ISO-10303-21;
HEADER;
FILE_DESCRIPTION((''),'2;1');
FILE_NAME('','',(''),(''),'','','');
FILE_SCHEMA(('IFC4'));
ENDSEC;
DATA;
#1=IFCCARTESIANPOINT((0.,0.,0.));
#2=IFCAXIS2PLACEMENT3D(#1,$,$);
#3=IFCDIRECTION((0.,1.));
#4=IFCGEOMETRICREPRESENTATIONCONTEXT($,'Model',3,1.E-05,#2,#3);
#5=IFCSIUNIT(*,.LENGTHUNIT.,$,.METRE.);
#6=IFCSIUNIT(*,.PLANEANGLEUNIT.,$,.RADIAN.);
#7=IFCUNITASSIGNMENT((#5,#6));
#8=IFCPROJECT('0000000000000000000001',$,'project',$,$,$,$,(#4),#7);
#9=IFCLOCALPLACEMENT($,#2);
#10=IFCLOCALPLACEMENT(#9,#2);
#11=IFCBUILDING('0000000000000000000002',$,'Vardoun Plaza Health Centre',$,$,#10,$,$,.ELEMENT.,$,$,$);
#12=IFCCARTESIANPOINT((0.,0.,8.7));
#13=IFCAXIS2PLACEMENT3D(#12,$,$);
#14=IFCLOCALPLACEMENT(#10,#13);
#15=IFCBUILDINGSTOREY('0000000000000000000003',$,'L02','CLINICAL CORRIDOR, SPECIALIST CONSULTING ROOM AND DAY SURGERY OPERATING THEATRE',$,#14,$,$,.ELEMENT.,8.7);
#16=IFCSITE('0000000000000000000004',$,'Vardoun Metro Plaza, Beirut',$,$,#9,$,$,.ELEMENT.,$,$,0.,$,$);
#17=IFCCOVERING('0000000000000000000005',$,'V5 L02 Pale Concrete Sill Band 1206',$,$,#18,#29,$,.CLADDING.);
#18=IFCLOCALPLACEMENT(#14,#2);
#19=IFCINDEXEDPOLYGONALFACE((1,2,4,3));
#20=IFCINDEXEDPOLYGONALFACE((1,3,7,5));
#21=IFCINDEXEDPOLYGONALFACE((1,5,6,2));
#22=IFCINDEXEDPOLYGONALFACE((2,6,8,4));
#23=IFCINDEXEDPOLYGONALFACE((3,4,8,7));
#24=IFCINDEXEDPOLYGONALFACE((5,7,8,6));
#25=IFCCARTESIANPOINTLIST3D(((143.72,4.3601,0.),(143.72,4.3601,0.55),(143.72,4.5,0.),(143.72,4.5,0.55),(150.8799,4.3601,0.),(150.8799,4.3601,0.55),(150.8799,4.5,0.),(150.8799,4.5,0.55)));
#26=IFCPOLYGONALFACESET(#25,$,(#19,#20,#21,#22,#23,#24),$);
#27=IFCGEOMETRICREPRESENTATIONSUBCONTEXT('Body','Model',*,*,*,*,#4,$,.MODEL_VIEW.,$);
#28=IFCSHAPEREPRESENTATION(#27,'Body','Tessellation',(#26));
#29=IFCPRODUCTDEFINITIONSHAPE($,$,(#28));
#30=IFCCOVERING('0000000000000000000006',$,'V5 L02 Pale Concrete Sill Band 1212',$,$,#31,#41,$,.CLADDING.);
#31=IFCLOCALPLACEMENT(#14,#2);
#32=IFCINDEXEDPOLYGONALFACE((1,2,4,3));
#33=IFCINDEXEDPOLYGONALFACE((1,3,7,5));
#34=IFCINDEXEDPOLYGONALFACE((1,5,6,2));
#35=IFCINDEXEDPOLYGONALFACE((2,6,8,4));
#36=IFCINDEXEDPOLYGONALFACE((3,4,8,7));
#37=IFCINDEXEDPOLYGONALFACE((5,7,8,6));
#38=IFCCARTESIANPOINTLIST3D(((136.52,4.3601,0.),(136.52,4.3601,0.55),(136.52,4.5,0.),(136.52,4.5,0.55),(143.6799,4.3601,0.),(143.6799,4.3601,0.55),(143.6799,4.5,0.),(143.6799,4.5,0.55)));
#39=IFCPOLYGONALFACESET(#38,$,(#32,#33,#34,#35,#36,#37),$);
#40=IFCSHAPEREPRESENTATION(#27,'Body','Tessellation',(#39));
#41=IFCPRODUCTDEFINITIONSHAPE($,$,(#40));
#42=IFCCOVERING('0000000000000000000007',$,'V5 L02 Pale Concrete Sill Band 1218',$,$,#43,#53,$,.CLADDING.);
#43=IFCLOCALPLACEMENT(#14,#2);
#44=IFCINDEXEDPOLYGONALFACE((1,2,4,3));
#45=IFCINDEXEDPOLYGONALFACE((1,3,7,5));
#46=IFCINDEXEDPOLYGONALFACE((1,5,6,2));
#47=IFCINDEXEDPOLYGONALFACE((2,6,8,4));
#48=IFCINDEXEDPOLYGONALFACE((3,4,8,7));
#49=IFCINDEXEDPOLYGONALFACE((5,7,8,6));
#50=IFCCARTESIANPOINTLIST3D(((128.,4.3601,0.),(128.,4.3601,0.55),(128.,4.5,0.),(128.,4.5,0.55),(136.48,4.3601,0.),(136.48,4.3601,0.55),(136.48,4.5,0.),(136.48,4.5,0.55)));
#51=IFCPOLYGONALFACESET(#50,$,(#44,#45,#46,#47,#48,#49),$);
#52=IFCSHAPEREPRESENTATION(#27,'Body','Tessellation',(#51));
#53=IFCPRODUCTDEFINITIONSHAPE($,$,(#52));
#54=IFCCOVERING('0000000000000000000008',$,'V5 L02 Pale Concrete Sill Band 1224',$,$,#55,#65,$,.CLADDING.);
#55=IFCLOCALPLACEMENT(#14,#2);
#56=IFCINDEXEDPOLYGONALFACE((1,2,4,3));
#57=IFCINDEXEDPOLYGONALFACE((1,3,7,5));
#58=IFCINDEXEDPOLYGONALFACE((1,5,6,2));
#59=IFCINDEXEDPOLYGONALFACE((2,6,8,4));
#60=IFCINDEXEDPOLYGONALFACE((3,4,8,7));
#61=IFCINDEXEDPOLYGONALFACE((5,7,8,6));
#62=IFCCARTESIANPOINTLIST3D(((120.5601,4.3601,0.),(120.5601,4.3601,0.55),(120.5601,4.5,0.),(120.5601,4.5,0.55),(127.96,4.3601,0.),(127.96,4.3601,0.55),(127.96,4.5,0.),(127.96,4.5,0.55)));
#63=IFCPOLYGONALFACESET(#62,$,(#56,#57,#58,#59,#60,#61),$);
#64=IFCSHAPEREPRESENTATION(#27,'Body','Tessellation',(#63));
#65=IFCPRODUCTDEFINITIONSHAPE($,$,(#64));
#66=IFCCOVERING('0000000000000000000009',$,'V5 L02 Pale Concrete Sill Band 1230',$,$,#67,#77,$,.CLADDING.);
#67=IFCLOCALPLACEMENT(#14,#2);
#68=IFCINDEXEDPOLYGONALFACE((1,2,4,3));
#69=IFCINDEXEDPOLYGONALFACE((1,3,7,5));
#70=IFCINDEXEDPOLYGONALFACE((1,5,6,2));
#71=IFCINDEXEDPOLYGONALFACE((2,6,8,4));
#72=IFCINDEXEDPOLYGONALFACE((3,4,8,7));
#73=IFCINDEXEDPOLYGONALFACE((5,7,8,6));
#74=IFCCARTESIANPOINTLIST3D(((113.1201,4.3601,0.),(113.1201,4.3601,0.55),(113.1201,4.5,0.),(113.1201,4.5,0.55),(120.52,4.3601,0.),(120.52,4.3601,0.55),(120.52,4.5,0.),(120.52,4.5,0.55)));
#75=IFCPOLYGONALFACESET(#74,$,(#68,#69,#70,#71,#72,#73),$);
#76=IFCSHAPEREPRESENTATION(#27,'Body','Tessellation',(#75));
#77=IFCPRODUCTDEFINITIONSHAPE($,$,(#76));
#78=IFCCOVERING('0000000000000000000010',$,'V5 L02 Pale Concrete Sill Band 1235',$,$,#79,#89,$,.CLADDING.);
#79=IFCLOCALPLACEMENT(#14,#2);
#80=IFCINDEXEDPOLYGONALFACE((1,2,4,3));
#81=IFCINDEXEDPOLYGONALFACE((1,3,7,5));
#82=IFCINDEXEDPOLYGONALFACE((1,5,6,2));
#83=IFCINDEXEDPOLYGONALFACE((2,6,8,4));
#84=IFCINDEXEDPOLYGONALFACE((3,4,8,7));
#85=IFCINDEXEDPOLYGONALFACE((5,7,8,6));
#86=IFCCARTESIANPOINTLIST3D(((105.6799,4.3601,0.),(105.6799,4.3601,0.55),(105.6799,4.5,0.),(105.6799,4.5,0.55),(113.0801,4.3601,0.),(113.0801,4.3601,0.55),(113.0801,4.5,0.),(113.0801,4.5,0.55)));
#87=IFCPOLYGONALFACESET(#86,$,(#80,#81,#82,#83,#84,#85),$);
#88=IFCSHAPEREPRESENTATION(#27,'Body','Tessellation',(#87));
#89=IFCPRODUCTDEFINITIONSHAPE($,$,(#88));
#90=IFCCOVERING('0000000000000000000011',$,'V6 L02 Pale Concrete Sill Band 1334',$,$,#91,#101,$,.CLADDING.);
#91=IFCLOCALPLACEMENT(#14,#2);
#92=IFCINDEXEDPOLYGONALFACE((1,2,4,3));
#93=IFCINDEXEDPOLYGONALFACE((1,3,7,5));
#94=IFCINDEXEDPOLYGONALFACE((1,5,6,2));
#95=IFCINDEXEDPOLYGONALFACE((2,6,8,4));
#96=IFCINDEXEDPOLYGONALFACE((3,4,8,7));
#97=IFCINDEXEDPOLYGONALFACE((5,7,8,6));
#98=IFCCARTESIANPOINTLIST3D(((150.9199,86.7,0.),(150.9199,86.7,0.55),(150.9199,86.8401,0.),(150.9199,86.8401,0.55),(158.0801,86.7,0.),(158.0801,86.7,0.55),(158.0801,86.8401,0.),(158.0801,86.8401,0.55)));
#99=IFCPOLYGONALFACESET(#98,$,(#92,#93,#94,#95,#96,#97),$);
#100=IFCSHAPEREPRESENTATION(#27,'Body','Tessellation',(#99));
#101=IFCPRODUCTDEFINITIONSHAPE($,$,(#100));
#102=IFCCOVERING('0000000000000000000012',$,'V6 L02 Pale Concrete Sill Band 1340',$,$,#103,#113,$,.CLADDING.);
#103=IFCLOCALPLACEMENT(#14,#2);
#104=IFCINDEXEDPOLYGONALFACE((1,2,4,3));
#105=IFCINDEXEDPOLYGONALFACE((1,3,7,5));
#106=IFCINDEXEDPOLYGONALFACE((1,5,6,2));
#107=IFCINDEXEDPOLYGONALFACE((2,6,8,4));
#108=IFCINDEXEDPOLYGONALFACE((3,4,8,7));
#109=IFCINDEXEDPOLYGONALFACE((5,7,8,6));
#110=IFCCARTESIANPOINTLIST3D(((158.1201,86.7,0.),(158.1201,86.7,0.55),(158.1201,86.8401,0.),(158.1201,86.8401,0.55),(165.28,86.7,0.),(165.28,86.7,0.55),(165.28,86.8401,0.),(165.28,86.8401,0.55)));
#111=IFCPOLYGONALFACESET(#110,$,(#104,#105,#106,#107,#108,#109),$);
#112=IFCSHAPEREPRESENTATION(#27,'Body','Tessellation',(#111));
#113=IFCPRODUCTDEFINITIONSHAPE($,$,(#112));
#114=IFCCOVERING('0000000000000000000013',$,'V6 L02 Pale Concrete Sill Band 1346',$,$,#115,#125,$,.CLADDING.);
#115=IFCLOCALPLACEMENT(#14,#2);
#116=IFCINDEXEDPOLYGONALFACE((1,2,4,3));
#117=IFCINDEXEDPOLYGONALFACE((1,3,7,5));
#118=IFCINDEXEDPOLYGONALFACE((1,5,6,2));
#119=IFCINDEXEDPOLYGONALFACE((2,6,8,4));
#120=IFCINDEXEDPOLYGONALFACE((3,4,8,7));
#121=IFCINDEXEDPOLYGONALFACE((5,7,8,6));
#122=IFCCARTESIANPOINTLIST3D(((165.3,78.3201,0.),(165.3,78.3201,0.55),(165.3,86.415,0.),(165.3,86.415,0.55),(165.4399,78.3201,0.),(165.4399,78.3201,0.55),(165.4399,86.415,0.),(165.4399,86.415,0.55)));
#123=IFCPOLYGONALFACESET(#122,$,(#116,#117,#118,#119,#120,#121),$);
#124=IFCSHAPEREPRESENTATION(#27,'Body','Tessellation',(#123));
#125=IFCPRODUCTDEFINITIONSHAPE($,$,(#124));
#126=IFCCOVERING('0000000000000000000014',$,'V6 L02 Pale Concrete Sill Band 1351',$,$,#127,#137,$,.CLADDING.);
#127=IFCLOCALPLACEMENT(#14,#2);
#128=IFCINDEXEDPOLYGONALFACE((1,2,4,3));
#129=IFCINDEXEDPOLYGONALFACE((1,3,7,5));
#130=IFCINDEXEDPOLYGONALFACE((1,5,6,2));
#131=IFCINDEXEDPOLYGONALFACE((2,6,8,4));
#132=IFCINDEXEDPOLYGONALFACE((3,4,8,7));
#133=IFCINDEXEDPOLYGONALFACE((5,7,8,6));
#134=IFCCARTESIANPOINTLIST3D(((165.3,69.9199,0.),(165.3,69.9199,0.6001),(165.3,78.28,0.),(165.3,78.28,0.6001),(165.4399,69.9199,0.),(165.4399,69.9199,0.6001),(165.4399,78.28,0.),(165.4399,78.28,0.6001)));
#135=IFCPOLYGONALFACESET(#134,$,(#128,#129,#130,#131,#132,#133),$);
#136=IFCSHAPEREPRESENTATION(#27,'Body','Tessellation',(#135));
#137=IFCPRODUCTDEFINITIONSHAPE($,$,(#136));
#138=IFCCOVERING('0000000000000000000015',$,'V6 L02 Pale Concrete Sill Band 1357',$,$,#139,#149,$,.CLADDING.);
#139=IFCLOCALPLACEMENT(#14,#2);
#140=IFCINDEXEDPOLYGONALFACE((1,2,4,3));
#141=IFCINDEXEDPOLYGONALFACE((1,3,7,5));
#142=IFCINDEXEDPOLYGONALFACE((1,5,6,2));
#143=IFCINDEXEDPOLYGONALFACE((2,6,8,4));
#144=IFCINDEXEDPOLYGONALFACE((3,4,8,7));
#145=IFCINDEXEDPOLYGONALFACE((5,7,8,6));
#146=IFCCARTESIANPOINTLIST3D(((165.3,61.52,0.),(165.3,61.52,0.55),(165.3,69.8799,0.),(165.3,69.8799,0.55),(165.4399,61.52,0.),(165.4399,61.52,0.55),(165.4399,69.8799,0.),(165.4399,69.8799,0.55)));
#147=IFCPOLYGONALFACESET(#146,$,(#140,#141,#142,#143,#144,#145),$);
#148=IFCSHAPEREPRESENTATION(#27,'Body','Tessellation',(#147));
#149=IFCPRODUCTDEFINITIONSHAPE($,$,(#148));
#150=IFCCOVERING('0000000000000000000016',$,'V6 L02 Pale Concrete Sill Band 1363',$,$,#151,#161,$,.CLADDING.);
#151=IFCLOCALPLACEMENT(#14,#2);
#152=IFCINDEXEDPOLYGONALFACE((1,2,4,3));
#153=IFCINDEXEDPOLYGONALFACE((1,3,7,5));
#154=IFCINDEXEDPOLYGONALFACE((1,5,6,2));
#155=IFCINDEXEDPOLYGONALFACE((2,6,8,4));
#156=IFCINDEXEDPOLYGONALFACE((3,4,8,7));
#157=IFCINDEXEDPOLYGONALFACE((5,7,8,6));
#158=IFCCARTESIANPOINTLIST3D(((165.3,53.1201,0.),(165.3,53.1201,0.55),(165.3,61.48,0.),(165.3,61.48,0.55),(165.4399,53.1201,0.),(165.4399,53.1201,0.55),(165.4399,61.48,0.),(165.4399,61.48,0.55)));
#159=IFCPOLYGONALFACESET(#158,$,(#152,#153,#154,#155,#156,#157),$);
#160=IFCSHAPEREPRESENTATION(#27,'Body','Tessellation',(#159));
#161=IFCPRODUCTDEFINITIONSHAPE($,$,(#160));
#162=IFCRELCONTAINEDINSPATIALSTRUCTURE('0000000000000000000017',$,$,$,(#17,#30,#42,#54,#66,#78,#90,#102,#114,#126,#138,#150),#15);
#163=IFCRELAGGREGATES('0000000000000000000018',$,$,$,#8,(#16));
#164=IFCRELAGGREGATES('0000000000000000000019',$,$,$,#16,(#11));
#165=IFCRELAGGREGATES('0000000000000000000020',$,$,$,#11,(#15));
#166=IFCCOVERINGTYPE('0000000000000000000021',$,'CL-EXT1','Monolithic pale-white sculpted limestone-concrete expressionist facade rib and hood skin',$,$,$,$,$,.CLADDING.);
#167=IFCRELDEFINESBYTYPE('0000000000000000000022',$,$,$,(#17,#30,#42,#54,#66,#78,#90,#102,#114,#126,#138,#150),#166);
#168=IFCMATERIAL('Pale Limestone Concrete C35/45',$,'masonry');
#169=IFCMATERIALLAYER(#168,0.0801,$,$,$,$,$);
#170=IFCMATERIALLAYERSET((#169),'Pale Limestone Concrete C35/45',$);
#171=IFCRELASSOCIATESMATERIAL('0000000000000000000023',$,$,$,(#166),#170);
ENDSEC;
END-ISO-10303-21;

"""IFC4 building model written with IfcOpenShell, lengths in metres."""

from ifc_helpers import new_model, si_unit, direction, frame, origin, place, context, subcontext, project, spatial, polyline, outline, extrude, material, layer, layer_set, type_object, element, save


model = new_model("IFC4")

# Units and contexts
model_context = context("Model", 3, precision=1e-05, world=origin(), true_north=direction((0.0, 1.0)))
body_context = subcontext(model_context, "Body", "Model", "MODEL_VIEW")
ifc_project = project(units=[si_unit("LENGTHUNIT", "METRE"), si_unit("PLANEANGLEUNIT", "RADIAN")], contexts=[model_context])

# Site, building, storey
site_placement = place(None, origin())
site = spatial("IfcSite", under=ifc_project, at=site_placement, Name="Vardoun Metro Plaza, Beirut", CompositionType="ELEMENT", RefElevation=0.0)
building_placement = place(site_placement, origin())
building = spatial("IfcBuilding", under=site, at=building_placement, Name="Vardoun Plaza Health Centre", CompositionType="ELEMENT")
storey_placement = place(building_placement, frame((0.0, 0.0, 8.7)))
storey = spatial("IfcBuildingStorey", under=building, at=storey_placement, Name="L02", Description="CLINICAL CORRIDOR, SPECIALIST CONSULTING ROOM AND DAY SURGERY OPERATING THEATRE", CompositionType="ELEMENT", Elevation=8.7)

# Coverings
ifc_material = material(Name="Pale Limestone Concrete C35/45", Category="masonry")
ifc_layer = layer(ifc_material, 0.0801)
ifc_layer_set = layer_set([ifc_layer], Name="Pale Limestone Concrete C35/45")
covering_type = type_object("IfcCoveringType", Name="CL-EXT1", Description="Monolithic pale-white sculpted limestone-concrete expressionist facade rib and hood skin", PredefinedType="CLADDING", material=ifc_layer_set)
covering_1_placement = place(storey_placement, origin())
element("IfcCovering", 1, at=covering_1_placement, inside=storey, type_object=covering_type, Name="V5 L02 Pale Concrete Sill Band 1206", PredefinedType="CLADDING", context=body_context, shape_type="SweptSolid", body=[
    extrude(outline(polyline([(150.8799, 4.5), (143.72, 4.5), (143.72, 4.3601), (150.8799, 4.3601), (150.8799, 4.5)])), origin(), (0.0, 0.0, 1.0), 0.55),
])
covering_2_placement = place(storey_placement, origin())
element("IfcCovering", 2, at=covering_2_placement, inside=storey, type_object=covering_type, Name="V5 L02 Pale Concrete Sill Band 1212", PredefinedType="CLADDING", context=body_context, shape_type="SweptSolid", body=[
    extrude(outline(polyline([(143.6799, 4.5), (136.52, 4.5), (136.52, 4.3601), (143.6799, 4.3601), (143.6799, 4.5)])), origin(), (0.0, 0.0, 1.0), 0.55),
])
covering_3_placement = place(storey_placement, origin())
element("IfcCovering", 3, at=covering_3_placement, inside=storey, type_object=covering_type, Name="V5 L02 Pale Concrete Sill Band 1218", PredefinedType="CLADDING", context=body_context, shape_type="SweptSolid", body=[
    extrude(outline(polyline([(136.48, 4.5), (128.0, 4.5), (128.0, 4.3601), (136.48, 4.3601), (136.48, 4.5)])), origin(), (0.0, 0.0, 1.0), 0.55),
])
covering_4_placement = place(storey_placement, origin())
element("IfcCovering", 4, at=covering_4_placement, inside=storey, type_object=covering_type, Name="V5 L02 Pale Concrete Sill Band 1224", PredefinedType="CLADDING", context=body_context, shape_type="SweptSolid", body=[
    extrude(outline(polyline([(127.96, 4.5), (120.5601, 4.5), (120.5601, 4.3601), (127.96, 4.3601), (127.96, 4.5)])), origin(), (0.0, 0.0, 1.0), 0.55),
])
covering_5_placement = place(storey_placement, origin())
element("IfcCovering", 5, at=covering_5_placement, inside=storey, type_object=covering_type, Name="V5 L02 Pale Concrete Sill Band 1230", PredefinedType="CLADDING", context=body_context, shape_type="SweptSolid", body=[
    extrude(outline(polyline([(120.52, 4.5), (113.1201, 4.5), (113.1201, 4.3601), (120.52, 4.3601), (120.52, 4.5)])), origin(), (0.0, 0.0, 1.0), 0.55),
])
covering_6_placement = place(storey_placement, origin())
element("IfcCovering", 6, at=covering_6_placement, inside=storey, type_object=covering_type, Name="V5 L02 Pale Concrete Sill Band 1235", PredefinedType="CLADDING", context=body_context, shape_type="SweptSolid", body=[
    extrude(outline(polyline([(113.0801, 4.5), (105.6799, 4.5), (105.6799, 4.3601), (113.0801, 4.3601), (113.0801, 4.5)])), origin(), (0.0, 0.0, 1.0), 0.55),
])
covering_7_placement = place(storey_placement, origin())
element("IfcCovering", 7, at=covering_7_placement, inside=storey, type_object=covering_type, Name="V6 L02 Pale Concrete Sill Band 1334", PredefinedType="CLADDING", context=body_context, shape_type="SweptSolid", body=[
    extrude(outline(polyline([(150.9199, 86.7), (158.0801, 86.7), (158.0801, 86.8401), (150.9199, 86.8401), (150.9199, 86.7)])), origin(), (0.0, 0.0, 1.0), 0.55),
])
covering_8_placement = place(storey_placement, origin())
element("IfcCovering", 8, at=covering_8_placement, inside=storey, type_object=covering_type, Name="V6 L02 Pale Concrete Sill Band 1340", PredefinedType="CLADDING", context=body_context, shape_type="SweptSolid", body=[
    extrude(outline(polyline([(158.1201, 86.7), (165.28, 86.7), (165.28, 86.8401), (158.1201, 86.8401), (158.1201, 86.7)])), origin(), (0.0, 0.0, 1.0), 0.55),
])
covering_9_placement = place(storey_placement, origin())
element("IfcCovering", 9, at=covering_9_placement, inside=storey, type_object=covering_type, Name="V6 L02 Pale Concrete Sill Band 1346", PredefinedType="CLADDING", context=body_context, shape_type="SweptSolid", body=[
    extrude(outline(polyline([(165.3, 86.415), (165.3, 78.3201), (165.4399, 78.3201), (165.4399, 86.415), (165.3, 86.415)])), origin(), (0.0, 0.0, 1.0), 0.55),
])
covering_10_placement = place(storey_placement, origin())
element("IfcCovering", 10, at=covering_10_placement, inside=storey, type_object=covering_type, Name="V6 L02 Pale Concrete Sill Band 1351", PredefinedType="CLADDING", context=body_context, shape_type="SweptSolid", body=[
    extrude(outline(polyline([(165.3, 78.28), (165.3, 69.9199), (165.4399, 69.9199), (165.4399, 78.28), (165.3, 78.28)])), origin(), (0.0, 0.0, 1.0), 0.6001),
])
covering_11_placement = place(storey_placement, origin())
element("IfcCovering", 11, at=covering_11_placement, inside=storey, type_object=covering_type, Name="V6 L02 Pale Concrete Sill Band 1357", PredefinedType="CLADDING", context=body_context, shape_type="SweptSolid", body=[
    extrude(outline(polyline([(165.3, 69.8799), (165.3, 61.52), (165.4399, 61.52), (165.4399, 69.8799), (165.3, 69.8799)])), origin(), (0.0, 0.0, 1.0), 0.55),
])
covering_12_placement = place(storey_placement, origin())
element("IfcCovering", 12, at=covering_12_placement, inside=storey, type_object=covering_type, Name="V6 L02 Pale Concrete Sill Band 1363", PredefinedType="CLADDING", context=body_context, shape_type="SweptSolid", body=[
    extrude(outline(polyline([(165.3, 61.48), (165.3, 53.1201), (165.4399, 53.1201), (165.4399, 61.48), (165.3, 61.48)])), origin(), (0.0, 0.0, 1.0), 0.55),
])

save(model, "model.ifc")
